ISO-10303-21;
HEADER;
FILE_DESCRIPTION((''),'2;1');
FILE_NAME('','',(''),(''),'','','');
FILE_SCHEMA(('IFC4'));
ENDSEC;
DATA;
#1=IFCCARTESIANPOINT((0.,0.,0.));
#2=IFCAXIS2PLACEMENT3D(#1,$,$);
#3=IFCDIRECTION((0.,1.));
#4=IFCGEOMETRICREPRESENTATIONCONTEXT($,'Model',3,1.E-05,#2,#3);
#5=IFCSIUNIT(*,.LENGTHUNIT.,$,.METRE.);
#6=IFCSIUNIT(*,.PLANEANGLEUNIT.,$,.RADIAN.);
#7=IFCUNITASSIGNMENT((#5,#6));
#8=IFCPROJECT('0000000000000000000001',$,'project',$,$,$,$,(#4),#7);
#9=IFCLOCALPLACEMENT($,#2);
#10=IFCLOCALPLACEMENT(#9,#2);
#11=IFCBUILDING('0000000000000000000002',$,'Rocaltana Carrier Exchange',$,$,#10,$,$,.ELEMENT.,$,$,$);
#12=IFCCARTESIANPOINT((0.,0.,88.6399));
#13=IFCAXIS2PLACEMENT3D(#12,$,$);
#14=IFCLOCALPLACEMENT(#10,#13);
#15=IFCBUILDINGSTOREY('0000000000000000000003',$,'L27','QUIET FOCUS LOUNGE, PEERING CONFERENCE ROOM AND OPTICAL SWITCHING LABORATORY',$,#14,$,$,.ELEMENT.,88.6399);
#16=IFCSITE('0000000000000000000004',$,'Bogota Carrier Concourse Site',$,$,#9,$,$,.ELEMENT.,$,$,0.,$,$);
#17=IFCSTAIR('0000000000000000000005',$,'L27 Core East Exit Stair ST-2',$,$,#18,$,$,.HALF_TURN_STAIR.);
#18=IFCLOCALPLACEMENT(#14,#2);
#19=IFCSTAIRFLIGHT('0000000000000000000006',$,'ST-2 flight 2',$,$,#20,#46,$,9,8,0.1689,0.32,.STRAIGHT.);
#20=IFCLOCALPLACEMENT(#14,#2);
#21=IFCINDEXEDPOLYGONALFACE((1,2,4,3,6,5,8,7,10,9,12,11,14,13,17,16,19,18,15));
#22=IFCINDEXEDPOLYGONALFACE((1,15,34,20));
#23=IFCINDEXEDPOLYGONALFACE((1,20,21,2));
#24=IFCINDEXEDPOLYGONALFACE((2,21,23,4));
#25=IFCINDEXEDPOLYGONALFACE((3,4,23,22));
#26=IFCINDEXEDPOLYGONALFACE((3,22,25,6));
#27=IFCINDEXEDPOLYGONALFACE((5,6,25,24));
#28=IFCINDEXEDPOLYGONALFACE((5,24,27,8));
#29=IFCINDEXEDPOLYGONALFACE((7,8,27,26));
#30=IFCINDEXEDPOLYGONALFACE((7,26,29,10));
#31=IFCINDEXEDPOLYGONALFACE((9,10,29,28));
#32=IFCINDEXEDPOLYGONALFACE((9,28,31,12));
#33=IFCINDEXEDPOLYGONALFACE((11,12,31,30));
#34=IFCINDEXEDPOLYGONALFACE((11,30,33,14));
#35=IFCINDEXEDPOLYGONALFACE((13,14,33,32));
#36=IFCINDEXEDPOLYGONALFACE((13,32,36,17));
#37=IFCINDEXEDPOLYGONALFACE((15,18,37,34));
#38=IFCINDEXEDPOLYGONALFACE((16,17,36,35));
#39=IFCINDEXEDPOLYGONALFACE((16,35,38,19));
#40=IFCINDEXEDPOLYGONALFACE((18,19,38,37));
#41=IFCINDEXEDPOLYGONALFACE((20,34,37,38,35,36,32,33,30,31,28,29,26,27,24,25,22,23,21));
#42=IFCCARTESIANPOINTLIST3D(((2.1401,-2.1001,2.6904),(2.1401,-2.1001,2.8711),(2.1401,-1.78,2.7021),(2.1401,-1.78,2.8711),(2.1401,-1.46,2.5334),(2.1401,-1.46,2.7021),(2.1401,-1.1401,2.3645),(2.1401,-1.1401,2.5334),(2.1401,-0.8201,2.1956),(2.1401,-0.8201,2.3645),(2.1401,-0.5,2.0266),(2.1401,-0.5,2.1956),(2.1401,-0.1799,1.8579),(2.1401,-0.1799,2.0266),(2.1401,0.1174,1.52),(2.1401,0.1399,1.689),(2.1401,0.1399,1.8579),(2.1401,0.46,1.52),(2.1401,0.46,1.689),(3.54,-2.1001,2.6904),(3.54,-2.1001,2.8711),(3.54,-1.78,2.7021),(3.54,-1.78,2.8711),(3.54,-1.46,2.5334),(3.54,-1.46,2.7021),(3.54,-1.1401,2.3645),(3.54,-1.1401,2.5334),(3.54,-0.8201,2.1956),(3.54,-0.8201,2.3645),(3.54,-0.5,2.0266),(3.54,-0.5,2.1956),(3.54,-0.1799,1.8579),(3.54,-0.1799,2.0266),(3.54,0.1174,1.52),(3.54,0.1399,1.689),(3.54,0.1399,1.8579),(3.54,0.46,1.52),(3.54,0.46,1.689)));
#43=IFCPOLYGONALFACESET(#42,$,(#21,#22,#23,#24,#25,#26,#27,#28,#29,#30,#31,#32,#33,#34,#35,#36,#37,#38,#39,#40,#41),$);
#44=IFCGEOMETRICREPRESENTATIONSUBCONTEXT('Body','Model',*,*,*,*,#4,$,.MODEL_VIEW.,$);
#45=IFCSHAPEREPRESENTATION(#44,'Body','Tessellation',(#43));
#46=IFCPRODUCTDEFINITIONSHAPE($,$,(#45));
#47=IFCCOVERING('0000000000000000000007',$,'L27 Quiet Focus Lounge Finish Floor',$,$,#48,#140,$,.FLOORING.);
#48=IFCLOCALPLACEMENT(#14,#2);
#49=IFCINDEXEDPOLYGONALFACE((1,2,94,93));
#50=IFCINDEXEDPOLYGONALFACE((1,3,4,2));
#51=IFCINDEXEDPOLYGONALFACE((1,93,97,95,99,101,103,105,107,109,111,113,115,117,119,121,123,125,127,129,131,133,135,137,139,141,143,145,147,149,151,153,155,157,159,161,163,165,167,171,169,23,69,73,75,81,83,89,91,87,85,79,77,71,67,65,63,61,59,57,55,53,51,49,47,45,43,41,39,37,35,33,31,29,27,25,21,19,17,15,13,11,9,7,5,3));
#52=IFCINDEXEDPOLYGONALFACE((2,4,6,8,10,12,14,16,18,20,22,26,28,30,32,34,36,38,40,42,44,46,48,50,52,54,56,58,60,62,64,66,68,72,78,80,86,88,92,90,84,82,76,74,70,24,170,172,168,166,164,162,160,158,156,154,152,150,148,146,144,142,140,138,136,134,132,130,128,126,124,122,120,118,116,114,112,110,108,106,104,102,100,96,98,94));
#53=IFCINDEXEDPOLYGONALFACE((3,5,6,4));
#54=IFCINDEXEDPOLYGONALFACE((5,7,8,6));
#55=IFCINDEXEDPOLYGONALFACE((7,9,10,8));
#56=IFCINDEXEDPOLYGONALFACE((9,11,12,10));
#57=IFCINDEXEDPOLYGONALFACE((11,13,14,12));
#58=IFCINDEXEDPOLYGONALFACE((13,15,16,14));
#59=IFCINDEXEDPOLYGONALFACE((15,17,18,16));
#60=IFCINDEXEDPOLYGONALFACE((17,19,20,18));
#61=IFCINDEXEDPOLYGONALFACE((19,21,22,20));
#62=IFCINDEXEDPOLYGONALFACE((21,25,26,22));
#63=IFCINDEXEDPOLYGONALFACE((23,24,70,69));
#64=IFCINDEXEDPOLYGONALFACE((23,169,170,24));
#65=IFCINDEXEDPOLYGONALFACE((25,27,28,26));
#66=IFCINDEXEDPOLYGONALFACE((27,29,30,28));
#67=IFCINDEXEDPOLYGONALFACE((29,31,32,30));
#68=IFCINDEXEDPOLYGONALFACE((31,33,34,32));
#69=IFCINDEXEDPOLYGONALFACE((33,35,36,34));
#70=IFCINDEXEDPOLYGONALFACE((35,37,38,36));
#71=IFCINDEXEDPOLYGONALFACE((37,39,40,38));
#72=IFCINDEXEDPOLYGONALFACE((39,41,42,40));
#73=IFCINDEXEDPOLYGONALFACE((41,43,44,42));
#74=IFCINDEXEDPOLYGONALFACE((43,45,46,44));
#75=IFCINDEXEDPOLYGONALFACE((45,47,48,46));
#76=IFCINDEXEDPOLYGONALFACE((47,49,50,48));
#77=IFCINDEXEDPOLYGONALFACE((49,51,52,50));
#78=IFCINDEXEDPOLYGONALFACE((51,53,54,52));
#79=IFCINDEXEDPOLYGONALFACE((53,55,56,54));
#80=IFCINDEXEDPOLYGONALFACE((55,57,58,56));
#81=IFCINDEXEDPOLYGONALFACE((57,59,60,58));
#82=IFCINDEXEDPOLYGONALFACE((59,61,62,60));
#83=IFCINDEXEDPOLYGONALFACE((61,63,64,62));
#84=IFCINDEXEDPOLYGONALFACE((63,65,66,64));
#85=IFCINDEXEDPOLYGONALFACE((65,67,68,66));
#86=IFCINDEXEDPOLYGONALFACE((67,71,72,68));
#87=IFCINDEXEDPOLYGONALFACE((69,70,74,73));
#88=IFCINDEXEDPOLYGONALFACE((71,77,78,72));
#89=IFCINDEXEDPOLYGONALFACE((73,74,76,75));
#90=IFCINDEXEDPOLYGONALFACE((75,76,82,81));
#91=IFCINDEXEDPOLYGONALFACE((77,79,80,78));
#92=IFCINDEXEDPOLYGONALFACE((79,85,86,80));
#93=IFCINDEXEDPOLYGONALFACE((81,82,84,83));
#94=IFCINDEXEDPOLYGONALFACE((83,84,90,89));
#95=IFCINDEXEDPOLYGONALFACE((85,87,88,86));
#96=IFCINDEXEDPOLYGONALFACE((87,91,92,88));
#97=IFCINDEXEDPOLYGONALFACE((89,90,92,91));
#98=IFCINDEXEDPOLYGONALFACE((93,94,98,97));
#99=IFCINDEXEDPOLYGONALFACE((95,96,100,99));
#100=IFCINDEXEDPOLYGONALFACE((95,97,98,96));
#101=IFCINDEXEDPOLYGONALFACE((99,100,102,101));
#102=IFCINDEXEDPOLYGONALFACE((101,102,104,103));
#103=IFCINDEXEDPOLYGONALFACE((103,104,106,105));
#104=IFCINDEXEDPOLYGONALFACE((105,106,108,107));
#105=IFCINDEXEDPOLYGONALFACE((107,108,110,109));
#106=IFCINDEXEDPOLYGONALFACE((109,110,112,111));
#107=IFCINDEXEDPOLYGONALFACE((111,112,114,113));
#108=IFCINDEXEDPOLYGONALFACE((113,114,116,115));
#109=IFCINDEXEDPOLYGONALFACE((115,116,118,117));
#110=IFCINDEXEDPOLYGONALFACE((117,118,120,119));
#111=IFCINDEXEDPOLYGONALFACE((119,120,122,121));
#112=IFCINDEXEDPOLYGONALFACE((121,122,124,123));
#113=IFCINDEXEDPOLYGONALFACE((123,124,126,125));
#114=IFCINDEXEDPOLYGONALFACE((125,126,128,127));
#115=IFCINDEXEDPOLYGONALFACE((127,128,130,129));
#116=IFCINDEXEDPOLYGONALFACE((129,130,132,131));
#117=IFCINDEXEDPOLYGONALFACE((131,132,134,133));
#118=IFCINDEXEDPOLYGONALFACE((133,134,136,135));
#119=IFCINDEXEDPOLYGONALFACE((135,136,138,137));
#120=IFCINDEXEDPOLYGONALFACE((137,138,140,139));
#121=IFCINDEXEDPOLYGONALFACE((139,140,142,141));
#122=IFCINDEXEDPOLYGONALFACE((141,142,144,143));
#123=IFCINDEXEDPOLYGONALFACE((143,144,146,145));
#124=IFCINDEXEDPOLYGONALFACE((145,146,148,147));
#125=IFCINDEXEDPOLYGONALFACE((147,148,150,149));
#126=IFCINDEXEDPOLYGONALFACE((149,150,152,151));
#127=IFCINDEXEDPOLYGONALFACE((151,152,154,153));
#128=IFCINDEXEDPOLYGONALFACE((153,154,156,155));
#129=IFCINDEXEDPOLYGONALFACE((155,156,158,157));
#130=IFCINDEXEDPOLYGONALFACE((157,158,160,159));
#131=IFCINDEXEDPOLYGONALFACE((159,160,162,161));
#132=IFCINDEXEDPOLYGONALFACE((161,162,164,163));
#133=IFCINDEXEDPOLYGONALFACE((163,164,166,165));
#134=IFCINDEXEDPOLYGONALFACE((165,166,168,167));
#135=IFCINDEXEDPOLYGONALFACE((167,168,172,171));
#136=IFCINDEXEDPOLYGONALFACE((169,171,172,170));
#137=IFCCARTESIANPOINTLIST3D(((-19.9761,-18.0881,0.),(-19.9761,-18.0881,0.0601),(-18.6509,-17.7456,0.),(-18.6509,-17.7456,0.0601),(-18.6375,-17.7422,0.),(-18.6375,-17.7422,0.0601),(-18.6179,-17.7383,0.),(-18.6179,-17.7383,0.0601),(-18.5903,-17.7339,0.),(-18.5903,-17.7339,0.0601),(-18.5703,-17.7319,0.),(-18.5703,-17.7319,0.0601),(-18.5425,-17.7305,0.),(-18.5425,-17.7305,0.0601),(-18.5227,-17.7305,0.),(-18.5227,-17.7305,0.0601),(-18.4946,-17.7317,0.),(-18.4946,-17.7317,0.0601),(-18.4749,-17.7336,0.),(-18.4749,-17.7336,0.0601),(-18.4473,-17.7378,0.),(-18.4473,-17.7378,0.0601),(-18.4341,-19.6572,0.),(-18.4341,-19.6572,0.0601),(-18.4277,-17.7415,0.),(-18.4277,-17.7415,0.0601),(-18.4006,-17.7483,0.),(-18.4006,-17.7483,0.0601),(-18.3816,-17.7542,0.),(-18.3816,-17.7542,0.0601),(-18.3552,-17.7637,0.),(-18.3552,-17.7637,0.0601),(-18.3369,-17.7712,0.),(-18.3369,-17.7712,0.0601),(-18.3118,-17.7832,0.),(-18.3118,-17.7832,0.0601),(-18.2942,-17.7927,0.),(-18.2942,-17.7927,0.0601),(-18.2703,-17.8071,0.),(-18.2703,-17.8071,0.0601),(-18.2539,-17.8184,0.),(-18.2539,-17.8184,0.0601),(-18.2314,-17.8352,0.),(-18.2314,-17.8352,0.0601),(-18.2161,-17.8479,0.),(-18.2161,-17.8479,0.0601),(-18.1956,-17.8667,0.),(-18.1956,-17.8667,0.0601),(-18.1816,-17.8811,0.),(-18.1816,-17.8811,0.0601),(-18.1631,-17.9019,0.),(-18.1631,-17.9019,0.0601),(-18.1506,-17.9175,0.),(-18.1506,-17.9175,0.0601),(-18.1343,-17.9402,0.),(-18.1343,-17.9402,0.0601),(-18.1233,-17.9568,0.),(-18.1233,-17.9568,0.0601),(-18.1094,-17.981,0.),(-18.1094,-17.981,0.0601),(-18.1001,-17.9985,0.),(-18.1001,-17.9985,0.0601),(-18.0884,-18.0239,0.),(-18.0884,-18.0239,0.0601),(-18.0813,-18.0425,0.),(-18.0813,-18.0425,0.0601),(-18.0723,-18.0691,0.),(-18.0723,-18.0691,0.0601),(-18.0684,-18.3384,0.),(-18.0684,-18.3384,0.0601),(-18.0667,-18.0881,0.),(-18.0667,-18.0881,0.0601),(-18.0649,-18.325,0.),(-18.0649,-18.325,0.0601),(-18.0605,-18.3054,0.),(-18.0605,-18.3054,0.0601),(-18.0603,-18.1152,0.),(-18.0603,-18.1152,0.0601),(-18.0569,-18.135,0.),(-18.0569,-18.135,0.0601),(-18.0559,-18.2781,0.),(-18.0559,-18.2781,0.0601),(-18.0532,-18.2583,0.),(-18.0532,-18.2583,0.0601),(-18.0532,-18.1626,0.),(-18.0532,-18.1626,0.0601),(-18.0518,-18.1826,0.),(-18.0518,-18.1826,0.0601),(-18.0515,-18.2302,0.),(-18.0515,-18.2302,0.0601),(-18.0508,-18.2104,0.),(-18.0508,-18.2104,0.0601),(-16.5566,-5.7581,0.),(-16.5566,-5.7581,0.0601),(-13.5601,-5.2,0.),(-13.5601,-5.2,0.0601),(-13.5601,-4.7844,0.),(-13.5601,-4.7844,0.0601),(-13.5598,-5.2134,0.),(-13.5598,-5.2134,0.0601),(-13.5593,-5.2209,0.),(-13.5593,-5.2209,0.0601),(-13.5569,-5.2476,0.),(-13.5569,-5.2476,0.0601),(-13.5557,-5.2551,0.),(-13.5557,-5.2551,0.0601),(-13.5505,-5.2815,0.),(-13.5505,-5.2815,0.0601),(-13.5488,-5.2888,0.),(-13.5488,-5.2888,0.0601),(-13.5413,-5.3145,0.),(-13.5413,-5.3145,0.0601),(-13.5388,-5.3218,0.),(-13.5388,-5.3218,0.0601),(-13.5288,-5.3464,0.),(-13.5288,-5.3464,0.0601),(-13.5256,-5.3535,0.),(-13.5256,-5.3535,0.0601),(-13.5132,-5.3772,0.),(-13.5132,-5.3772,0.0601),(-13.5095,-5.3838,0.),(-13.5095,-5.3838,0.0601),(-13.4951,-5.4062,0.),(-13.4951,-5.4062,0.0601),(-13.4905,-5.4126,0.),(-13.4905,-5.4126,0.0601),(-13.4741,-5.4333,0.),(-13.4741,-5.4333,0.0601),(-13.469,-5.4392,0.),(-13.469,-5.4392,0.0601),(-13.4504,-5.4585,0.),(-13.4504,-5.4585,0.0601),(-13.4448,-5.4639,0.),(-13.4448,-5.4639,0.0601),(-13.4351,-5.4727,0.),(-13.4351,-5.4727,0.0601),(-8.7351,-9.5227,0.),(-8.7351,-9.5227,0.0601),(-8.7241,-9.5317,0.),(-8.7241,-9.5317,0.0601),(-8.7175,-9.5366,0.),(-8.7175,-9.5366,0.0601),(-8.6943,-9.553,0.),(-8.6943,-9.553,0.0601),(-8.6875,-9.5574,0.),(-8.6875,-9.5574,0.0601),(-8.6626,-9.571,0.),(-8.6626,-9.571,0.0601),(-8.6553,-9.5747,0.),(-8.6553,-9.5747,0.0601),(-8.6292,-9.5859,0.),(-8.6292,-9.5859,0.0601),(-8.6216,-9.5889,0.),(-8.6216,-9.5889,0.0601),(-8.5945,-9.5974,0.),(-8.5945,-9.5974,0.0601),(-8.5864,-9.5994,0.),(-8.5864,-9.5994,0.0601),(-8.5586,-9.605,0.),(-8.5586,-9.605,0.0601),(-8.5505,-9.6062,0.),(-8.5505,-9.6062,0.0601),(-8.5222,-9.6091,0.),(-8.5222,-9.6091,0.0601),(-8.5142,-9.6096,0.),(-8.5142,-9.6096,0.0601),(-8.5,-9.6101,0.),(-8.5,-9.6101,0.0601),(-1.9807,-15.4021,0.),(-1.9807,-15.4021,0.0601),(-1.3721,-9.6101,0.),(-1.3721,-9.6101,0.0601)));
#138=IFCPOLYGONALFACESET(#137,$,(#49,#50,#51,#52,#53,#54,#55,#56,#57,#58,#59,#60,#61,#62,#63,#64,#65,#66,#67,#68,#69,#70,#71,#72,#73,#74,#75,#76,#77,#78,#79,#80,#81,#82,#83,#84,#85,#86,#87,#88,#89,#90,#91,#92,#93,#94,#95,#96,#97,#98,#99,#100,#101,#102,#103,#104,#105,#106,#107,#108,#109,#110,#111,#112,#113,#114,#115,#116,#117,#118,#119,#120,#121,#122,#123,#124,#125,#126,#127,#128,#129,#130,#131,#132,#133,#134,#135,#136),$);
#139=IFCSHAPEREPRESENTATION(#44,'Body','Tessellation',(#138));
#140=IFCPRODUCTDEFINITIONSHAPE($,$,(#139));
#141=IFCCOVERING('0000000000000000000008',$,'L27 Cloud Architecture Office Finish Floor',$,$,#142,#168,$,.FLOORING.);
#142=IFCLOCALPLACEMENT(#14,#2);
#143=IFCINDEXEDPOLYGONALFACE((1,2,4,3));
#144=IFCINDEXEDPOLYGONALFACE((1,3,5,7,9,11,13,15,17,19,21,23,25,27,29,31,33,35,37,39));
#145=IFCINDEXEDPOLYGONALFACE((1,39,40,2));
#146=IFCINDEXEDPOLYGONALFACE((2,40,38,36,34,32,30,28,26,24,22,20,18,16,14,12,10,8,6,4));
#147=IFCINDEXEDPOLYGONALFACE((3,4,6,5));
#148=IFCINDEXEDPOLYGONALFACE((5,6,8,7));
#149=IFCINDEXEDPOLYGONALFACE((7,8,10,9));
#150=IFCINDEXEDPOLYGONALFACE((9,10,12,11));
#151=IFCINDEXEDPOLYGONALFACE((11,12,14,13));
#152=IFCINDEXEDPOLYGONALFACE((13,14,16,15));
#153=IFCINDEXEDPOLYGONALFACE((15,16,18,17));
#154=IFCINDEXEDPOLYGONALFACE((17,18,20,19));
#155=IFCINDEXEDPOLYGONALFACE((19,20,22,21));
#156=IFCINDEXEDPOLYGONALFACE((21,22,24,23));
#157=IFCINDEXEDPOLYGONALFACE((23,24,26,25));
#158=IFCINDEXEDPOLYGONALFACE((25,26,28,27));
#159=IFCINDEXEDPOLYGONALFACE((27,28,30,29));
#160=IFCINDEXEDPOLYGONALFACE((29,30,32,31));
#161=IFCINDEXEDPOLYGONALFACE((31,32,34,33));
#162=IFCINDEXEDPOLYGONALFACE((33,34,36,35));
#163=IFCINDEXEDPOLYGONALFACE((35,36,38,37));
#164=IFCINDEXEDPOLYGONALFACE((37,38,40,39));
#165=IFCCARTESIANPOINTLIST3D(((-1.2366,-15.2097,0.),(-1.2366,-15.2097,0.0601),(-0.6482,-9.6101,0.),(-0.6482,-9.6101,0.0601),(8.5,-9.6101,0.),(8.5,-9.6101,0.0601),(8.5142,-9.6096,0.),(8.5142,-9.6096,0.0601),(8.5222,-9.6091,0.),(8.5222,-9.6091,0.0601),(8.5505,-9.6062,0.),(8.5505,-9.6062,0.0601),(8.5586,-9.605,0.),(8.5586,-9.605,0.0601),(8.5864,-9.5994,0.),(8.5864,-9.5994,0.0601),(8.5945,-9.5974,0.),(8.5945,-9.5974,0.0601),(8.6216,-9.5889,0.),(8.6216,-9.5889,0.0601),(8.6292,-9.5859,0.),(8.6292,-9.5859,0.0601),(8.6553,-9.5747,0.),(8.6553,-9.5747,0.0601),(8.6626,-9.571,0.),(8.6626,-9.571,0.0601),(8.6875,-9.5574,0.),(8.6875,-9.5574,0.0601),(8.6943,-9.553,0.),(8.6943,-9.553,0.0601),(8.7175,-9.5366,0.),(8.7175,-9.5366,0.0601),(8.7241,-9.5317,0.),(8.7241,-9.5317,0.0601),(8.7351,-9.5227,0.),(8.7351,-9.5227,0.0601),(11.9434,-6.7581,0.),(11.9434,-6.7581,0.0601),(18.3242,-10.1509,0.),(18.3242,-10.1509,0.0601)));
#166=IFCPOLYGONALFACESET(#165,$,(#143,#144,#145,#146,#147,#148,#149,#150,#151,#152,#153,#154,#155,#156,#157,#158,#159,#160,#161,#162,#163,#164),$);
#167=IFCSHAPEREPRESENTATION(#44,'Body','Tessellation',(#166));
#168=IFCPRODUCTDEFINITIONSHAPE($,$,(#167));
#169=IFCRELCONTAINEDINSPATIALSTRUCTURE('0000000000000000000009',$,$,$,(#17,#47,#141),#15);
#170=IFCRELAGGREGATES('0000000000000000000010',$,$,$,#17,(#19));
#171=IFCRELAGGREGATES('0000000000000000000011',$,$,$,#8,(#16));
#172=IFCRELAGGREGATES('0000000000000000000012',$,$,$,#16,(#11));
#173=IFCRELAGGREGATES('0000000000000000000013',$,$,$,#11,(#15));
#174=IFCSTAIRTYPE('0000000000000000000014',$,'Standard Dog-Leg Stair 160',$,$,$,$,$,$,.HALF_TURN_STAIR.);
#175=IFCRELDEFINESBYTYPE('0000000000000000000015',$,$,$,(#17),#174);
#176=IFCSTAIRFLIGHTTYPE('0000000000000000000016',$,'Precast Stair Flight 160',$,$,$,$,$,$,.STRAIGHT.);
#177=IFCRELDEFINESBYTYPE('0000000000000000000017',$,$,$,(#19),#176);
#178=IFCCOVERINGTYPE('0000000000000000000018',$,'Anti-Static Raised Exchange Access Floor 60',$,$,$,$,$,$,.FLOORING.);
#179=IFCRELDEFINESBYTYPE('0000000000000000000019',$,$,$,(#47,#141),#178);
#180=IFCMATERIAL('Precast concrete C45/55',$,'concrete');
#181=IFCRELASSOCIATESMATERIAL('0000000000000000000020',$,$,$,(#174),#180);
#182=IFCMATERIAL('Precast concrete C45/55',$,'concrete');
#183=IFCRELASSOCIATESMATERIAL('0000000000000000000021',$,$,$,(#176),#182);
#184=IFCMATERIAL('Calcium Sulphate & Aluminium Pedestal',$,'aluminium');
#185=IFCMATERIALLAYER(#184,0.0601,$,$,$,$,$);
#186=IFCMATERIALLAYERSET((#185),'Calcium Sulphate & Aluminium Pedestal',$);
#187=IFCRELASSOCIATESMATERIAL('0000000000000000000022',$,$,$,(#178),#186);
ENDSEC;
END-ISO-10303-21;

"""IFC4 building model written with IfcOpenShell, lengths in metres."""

from ifc_helpers import new_model, si_unit, direction, frame, origin, place, context, subcontext, project, spatial, polyline, outline, extrude, material, layer, layer_set, type_object, element, aggregate, save


model = new_model("IFC4")

# Units and contexts
model_context = context("Model", 3, precision=1e-05, world=origin(), true_north=direction((0.0, 1.0)))
body_context = subcontext(model_context, "Body", "Model", "MODEL_VIEW")
ifc_project = project(units=[si_unit("LENGTHUNIT", "METRE"), si_unit("PLANEANGLEUNIT", "RADIAN")], contexts=[model_context])

# Site, building, storey
site_placement = place(None, origin())
site = spatial("IfcSite", under=ifc_project, at=site_placement, Name="Bogota Carrier Concourse Site", CompositionType="ELEMENT", RefElevation=0.0)
building_placement = place(site_placement, origin())
building = spatial("IfcBuilding", under=site, at=building_placement, Name="Rocaltana Carrier Exchange", CompositionType="ELEMENT")
storey_placement = place(building_placement, frame((0.0, 0.0, 88.6399)))
storey = spatial("IfcBuildingStorey", under=building, at=storey_placement, Name="L27", Description="QUIET FOCUS LOUNGE, PEERING CONFERENCE ROOM AND OPTICAL SWITCHING LABORATORY", CompositionType="ELEMENT", Elevation=88.6399)

# Stair
ifc_material_1 = material(Name="Precast concrete C45/55", Category="concrete")
stair_type = type_object("IfcStairType", Name="Standard Dog-Leg Stair 160", PredefinedType="HALF_TURN_STAIR", material=ifc_material_1)
stair_1_placement = place(storey_placement, origin())
stair_1 = element("IfcStair", 1, at=stair_1_placement, inside=storey, type_object=stair_type, Name="L27 Core East Exit Stair ST-2", PredefinedType="HALF_TURN_STAIR")

# Stair flight
ifc_material_2 = material(Name="Precast concrete C45/55", Category="concrete")
stair_flight_type = type_object("IfcStairFlightType", Name="Precast Stair Flight 160", PredefinedType="STRAIGHT", material=ifc_material_2)
stair_flight_placement = place(storey_placement, frame((2.8401, 0.46, 1.52), z_axis=(0.0, 0.0, 1.0), x_axis=(0.0, -1.0, 0.0)))
stair_flight = element("IfcStairFlight", 2, at=stair_flight_placement, type_object=stair_flight_type, Name="ST-2 flight 2", NumberOfRisers=9, NumberOfTreads=8, PredefinedType="STRAIGHT", RiserHeight=0.1689, TreadLength=0.32, context=body_context, shape_type="SweptSolid", body=[
    extrude(outline(polyline([(0.0, 0.0), (0.0, 0.1689), (0.3201, 0.1689), (0.3201, 0.3379), (0.6399, 0.3379), (0.6399, 0.5066), (0.96, 0.5066), (0.96, 0.6755), (1.28, 0.6755), (1.28, 0.8445), (1.6001, 0.8445), (1.6001, 1.0134), (1.9199, 1.0134), (1.9199, 1.1821), (2.24, 1.1821), (2.24, 1.3511), (2.5601, 1.3511), (2.5601, 1.52), (2.5601, 1.1704), (0.3425, 0.0), (0.0, 0.0)])), frame((0.0, 0.7, 0.0), z_axis=(0.0, -1.0, 0.0), x_axis=(1.0, 0.0, 0.0)), (0.0, 0.0, 1.0), 1.3999),
])
aggregate(stair_1, [stair_flight])

# Coverings
ifc_material_3 = material(Name="Calcium Sulphate & Aluminium Pedestal", Category="aluminium")
ifc_layer_1 = layer(ifc_material_3, 0.0601)
ifc_layer_set_1 = layer_set([ifc_layer_1], Name="Calcium Sulphate & Aluminium Pedestal")
covering_type_1 = type_object("IfcCoveringType", Name="Anti-Static Raised Exchange Access Floor 60", PredefinedType="FLOORING", material=ifc_layer_set_1)
covering_1_placement = place(storey_placement, origin())
element("IfcCovering", 3, at=covering_1_placement, inside=storey, type_object=covering_type_1, Name="L27 Quiet Focus Lounge Finish Floor", PredefinedType="FLOORING", context=body_context, shape_type="SweptSolid", body=[
    extrude(outline(polyline([(-18.0684, -18.3384), (-18.0649, -18.325), (-18.0605, -18.3054), (-18.0559, -18.2781), (-18.0532, -18.2583), (-18.0515, -18.2302), (-18.0508, -18.2104), (-18.0518, -18.1826), (-18.0532, -18.1626), (-18.0569, -18.135), (-18.0603, -18.1152), (-18.0667, -18.0881), (-18.0723, -18.0691), (-18.0813, -18.0425), (-18.0884, -18.0239), (-18.1001, -17.9985), (-18.1094, -17.981), (-18.1233, -17.9568), (-18.1343, -17.9402), (-18.1506, -17.9175), (-18.1631, -17.9019), (-18.1816, -17.8811), (-18.1956, -17.8667), (-18.2161, -17.8479), (-18.2314, -17.8352), (-18.2539, -17.8184), (-18.2703, -17.8071), (-18.2942, -17.7927), (-18.3118, -17.7832), (-18.3369, -17.7712), (-18.3552, -17.7637), (-18.3816, -17.7542), (-18.4006, -17.7483), (-18.4277, -17.7415), (-18.4473, -17.7378), (-18.4749, -17.7336), (-18.4946, -17.7317), (-18.5227, -17.7305), (-18.5425, -17.7305), (-18.5703, -17.7319), (-18.5903, -17.7339), (-18.6179, -17.7383), (-18.6375, -17.7422), (-18.6509, -17.7456), (-19.9761, -18.0881), (-16.5566, -5.7581), (-13.5601, -4.7844), (-13.5601, -5.2), (-13.5598, -5.2134), (-13.5593, -5.2209), (-13.5569, -5.2476), (-13.5557, -5.2551), (-13.5505, -5.2815), (-13.5488, -5.2888), (-13.5413, -5.3145), (-13.5388, -5.3218), (-13.5288, -5.3464), (-13.5256, -5.3535), (-13.5132, -5.3772), (-13.5095, -5.3838), (-13.4951, -5.4062), (-13.4905, -5.4126), (-13.4741, -5.4333), (-13.469, -5.4392), (-13.4504, -5.4585), (-13.4448, -5.4639), (-13.4351, -5.4727), (-8.7351, -9.5227), (-8.7241, -9.5317), (-8.7175, -9.5366), (-8.6943, -9.553), (-8.6875, -9.5574), (-8.6626, -9.571), (-8.6553, -9.5747), (-8.6292, -9.5859), (-8.6216, -9.5889), (-8.5945, -9.5974), (-8.5864, -9.5994), (-8.5586, -9.605), (-8.5505, -9.6062), (-8.5222, -9.6091), (-8.5142, -9.6096), (-8.5, -9.6101), (-1.3721, -9.6101), (-1.9807, -15.4021), (-18.4341, -19.6572), (-18.0684, -18.3384)])), origin(), (0.0, 0.0, 1.0), 0.0601),
])
covering_2_placement = place(storey_placement, origin())
element("IfcCovering", 4, at=covering_2_placement, inside=storey, type_object=covering_type_1, Name="L27 Cloud Architecture Office Finish Floor", PredefinedType="FLOORING", context=body_context, shape_type="SweptSolid", body=[
    extrude(outline(polyline([(-1.2366, -15.2097), (-0.6482, -9.6101), (8.5, -9.6101), (8.5142, -9.6096), (8.5222, -9.6091), (8.5505, -9.6062), (8.5586, -9.605), (8.5864, -9.5994), (8.5945, -9.5974), (8.6216, -9.5889), (8.6292, -9.5859), (8.6553, -9.5747), (8.6626, -9.571), (8.6875, -9.5574), (8.6943, -9.553), (8.7175, -9.5366), (8.7241, -9.5317), (8.7351, -9.5227), (11.9434, -6.7581), (18.3242, -10.1509), (-1.2366, -15.2097)])), origin(), (0.0, 0.0, 1.0), 0.0601),
])

save(model, "model.ifc")
